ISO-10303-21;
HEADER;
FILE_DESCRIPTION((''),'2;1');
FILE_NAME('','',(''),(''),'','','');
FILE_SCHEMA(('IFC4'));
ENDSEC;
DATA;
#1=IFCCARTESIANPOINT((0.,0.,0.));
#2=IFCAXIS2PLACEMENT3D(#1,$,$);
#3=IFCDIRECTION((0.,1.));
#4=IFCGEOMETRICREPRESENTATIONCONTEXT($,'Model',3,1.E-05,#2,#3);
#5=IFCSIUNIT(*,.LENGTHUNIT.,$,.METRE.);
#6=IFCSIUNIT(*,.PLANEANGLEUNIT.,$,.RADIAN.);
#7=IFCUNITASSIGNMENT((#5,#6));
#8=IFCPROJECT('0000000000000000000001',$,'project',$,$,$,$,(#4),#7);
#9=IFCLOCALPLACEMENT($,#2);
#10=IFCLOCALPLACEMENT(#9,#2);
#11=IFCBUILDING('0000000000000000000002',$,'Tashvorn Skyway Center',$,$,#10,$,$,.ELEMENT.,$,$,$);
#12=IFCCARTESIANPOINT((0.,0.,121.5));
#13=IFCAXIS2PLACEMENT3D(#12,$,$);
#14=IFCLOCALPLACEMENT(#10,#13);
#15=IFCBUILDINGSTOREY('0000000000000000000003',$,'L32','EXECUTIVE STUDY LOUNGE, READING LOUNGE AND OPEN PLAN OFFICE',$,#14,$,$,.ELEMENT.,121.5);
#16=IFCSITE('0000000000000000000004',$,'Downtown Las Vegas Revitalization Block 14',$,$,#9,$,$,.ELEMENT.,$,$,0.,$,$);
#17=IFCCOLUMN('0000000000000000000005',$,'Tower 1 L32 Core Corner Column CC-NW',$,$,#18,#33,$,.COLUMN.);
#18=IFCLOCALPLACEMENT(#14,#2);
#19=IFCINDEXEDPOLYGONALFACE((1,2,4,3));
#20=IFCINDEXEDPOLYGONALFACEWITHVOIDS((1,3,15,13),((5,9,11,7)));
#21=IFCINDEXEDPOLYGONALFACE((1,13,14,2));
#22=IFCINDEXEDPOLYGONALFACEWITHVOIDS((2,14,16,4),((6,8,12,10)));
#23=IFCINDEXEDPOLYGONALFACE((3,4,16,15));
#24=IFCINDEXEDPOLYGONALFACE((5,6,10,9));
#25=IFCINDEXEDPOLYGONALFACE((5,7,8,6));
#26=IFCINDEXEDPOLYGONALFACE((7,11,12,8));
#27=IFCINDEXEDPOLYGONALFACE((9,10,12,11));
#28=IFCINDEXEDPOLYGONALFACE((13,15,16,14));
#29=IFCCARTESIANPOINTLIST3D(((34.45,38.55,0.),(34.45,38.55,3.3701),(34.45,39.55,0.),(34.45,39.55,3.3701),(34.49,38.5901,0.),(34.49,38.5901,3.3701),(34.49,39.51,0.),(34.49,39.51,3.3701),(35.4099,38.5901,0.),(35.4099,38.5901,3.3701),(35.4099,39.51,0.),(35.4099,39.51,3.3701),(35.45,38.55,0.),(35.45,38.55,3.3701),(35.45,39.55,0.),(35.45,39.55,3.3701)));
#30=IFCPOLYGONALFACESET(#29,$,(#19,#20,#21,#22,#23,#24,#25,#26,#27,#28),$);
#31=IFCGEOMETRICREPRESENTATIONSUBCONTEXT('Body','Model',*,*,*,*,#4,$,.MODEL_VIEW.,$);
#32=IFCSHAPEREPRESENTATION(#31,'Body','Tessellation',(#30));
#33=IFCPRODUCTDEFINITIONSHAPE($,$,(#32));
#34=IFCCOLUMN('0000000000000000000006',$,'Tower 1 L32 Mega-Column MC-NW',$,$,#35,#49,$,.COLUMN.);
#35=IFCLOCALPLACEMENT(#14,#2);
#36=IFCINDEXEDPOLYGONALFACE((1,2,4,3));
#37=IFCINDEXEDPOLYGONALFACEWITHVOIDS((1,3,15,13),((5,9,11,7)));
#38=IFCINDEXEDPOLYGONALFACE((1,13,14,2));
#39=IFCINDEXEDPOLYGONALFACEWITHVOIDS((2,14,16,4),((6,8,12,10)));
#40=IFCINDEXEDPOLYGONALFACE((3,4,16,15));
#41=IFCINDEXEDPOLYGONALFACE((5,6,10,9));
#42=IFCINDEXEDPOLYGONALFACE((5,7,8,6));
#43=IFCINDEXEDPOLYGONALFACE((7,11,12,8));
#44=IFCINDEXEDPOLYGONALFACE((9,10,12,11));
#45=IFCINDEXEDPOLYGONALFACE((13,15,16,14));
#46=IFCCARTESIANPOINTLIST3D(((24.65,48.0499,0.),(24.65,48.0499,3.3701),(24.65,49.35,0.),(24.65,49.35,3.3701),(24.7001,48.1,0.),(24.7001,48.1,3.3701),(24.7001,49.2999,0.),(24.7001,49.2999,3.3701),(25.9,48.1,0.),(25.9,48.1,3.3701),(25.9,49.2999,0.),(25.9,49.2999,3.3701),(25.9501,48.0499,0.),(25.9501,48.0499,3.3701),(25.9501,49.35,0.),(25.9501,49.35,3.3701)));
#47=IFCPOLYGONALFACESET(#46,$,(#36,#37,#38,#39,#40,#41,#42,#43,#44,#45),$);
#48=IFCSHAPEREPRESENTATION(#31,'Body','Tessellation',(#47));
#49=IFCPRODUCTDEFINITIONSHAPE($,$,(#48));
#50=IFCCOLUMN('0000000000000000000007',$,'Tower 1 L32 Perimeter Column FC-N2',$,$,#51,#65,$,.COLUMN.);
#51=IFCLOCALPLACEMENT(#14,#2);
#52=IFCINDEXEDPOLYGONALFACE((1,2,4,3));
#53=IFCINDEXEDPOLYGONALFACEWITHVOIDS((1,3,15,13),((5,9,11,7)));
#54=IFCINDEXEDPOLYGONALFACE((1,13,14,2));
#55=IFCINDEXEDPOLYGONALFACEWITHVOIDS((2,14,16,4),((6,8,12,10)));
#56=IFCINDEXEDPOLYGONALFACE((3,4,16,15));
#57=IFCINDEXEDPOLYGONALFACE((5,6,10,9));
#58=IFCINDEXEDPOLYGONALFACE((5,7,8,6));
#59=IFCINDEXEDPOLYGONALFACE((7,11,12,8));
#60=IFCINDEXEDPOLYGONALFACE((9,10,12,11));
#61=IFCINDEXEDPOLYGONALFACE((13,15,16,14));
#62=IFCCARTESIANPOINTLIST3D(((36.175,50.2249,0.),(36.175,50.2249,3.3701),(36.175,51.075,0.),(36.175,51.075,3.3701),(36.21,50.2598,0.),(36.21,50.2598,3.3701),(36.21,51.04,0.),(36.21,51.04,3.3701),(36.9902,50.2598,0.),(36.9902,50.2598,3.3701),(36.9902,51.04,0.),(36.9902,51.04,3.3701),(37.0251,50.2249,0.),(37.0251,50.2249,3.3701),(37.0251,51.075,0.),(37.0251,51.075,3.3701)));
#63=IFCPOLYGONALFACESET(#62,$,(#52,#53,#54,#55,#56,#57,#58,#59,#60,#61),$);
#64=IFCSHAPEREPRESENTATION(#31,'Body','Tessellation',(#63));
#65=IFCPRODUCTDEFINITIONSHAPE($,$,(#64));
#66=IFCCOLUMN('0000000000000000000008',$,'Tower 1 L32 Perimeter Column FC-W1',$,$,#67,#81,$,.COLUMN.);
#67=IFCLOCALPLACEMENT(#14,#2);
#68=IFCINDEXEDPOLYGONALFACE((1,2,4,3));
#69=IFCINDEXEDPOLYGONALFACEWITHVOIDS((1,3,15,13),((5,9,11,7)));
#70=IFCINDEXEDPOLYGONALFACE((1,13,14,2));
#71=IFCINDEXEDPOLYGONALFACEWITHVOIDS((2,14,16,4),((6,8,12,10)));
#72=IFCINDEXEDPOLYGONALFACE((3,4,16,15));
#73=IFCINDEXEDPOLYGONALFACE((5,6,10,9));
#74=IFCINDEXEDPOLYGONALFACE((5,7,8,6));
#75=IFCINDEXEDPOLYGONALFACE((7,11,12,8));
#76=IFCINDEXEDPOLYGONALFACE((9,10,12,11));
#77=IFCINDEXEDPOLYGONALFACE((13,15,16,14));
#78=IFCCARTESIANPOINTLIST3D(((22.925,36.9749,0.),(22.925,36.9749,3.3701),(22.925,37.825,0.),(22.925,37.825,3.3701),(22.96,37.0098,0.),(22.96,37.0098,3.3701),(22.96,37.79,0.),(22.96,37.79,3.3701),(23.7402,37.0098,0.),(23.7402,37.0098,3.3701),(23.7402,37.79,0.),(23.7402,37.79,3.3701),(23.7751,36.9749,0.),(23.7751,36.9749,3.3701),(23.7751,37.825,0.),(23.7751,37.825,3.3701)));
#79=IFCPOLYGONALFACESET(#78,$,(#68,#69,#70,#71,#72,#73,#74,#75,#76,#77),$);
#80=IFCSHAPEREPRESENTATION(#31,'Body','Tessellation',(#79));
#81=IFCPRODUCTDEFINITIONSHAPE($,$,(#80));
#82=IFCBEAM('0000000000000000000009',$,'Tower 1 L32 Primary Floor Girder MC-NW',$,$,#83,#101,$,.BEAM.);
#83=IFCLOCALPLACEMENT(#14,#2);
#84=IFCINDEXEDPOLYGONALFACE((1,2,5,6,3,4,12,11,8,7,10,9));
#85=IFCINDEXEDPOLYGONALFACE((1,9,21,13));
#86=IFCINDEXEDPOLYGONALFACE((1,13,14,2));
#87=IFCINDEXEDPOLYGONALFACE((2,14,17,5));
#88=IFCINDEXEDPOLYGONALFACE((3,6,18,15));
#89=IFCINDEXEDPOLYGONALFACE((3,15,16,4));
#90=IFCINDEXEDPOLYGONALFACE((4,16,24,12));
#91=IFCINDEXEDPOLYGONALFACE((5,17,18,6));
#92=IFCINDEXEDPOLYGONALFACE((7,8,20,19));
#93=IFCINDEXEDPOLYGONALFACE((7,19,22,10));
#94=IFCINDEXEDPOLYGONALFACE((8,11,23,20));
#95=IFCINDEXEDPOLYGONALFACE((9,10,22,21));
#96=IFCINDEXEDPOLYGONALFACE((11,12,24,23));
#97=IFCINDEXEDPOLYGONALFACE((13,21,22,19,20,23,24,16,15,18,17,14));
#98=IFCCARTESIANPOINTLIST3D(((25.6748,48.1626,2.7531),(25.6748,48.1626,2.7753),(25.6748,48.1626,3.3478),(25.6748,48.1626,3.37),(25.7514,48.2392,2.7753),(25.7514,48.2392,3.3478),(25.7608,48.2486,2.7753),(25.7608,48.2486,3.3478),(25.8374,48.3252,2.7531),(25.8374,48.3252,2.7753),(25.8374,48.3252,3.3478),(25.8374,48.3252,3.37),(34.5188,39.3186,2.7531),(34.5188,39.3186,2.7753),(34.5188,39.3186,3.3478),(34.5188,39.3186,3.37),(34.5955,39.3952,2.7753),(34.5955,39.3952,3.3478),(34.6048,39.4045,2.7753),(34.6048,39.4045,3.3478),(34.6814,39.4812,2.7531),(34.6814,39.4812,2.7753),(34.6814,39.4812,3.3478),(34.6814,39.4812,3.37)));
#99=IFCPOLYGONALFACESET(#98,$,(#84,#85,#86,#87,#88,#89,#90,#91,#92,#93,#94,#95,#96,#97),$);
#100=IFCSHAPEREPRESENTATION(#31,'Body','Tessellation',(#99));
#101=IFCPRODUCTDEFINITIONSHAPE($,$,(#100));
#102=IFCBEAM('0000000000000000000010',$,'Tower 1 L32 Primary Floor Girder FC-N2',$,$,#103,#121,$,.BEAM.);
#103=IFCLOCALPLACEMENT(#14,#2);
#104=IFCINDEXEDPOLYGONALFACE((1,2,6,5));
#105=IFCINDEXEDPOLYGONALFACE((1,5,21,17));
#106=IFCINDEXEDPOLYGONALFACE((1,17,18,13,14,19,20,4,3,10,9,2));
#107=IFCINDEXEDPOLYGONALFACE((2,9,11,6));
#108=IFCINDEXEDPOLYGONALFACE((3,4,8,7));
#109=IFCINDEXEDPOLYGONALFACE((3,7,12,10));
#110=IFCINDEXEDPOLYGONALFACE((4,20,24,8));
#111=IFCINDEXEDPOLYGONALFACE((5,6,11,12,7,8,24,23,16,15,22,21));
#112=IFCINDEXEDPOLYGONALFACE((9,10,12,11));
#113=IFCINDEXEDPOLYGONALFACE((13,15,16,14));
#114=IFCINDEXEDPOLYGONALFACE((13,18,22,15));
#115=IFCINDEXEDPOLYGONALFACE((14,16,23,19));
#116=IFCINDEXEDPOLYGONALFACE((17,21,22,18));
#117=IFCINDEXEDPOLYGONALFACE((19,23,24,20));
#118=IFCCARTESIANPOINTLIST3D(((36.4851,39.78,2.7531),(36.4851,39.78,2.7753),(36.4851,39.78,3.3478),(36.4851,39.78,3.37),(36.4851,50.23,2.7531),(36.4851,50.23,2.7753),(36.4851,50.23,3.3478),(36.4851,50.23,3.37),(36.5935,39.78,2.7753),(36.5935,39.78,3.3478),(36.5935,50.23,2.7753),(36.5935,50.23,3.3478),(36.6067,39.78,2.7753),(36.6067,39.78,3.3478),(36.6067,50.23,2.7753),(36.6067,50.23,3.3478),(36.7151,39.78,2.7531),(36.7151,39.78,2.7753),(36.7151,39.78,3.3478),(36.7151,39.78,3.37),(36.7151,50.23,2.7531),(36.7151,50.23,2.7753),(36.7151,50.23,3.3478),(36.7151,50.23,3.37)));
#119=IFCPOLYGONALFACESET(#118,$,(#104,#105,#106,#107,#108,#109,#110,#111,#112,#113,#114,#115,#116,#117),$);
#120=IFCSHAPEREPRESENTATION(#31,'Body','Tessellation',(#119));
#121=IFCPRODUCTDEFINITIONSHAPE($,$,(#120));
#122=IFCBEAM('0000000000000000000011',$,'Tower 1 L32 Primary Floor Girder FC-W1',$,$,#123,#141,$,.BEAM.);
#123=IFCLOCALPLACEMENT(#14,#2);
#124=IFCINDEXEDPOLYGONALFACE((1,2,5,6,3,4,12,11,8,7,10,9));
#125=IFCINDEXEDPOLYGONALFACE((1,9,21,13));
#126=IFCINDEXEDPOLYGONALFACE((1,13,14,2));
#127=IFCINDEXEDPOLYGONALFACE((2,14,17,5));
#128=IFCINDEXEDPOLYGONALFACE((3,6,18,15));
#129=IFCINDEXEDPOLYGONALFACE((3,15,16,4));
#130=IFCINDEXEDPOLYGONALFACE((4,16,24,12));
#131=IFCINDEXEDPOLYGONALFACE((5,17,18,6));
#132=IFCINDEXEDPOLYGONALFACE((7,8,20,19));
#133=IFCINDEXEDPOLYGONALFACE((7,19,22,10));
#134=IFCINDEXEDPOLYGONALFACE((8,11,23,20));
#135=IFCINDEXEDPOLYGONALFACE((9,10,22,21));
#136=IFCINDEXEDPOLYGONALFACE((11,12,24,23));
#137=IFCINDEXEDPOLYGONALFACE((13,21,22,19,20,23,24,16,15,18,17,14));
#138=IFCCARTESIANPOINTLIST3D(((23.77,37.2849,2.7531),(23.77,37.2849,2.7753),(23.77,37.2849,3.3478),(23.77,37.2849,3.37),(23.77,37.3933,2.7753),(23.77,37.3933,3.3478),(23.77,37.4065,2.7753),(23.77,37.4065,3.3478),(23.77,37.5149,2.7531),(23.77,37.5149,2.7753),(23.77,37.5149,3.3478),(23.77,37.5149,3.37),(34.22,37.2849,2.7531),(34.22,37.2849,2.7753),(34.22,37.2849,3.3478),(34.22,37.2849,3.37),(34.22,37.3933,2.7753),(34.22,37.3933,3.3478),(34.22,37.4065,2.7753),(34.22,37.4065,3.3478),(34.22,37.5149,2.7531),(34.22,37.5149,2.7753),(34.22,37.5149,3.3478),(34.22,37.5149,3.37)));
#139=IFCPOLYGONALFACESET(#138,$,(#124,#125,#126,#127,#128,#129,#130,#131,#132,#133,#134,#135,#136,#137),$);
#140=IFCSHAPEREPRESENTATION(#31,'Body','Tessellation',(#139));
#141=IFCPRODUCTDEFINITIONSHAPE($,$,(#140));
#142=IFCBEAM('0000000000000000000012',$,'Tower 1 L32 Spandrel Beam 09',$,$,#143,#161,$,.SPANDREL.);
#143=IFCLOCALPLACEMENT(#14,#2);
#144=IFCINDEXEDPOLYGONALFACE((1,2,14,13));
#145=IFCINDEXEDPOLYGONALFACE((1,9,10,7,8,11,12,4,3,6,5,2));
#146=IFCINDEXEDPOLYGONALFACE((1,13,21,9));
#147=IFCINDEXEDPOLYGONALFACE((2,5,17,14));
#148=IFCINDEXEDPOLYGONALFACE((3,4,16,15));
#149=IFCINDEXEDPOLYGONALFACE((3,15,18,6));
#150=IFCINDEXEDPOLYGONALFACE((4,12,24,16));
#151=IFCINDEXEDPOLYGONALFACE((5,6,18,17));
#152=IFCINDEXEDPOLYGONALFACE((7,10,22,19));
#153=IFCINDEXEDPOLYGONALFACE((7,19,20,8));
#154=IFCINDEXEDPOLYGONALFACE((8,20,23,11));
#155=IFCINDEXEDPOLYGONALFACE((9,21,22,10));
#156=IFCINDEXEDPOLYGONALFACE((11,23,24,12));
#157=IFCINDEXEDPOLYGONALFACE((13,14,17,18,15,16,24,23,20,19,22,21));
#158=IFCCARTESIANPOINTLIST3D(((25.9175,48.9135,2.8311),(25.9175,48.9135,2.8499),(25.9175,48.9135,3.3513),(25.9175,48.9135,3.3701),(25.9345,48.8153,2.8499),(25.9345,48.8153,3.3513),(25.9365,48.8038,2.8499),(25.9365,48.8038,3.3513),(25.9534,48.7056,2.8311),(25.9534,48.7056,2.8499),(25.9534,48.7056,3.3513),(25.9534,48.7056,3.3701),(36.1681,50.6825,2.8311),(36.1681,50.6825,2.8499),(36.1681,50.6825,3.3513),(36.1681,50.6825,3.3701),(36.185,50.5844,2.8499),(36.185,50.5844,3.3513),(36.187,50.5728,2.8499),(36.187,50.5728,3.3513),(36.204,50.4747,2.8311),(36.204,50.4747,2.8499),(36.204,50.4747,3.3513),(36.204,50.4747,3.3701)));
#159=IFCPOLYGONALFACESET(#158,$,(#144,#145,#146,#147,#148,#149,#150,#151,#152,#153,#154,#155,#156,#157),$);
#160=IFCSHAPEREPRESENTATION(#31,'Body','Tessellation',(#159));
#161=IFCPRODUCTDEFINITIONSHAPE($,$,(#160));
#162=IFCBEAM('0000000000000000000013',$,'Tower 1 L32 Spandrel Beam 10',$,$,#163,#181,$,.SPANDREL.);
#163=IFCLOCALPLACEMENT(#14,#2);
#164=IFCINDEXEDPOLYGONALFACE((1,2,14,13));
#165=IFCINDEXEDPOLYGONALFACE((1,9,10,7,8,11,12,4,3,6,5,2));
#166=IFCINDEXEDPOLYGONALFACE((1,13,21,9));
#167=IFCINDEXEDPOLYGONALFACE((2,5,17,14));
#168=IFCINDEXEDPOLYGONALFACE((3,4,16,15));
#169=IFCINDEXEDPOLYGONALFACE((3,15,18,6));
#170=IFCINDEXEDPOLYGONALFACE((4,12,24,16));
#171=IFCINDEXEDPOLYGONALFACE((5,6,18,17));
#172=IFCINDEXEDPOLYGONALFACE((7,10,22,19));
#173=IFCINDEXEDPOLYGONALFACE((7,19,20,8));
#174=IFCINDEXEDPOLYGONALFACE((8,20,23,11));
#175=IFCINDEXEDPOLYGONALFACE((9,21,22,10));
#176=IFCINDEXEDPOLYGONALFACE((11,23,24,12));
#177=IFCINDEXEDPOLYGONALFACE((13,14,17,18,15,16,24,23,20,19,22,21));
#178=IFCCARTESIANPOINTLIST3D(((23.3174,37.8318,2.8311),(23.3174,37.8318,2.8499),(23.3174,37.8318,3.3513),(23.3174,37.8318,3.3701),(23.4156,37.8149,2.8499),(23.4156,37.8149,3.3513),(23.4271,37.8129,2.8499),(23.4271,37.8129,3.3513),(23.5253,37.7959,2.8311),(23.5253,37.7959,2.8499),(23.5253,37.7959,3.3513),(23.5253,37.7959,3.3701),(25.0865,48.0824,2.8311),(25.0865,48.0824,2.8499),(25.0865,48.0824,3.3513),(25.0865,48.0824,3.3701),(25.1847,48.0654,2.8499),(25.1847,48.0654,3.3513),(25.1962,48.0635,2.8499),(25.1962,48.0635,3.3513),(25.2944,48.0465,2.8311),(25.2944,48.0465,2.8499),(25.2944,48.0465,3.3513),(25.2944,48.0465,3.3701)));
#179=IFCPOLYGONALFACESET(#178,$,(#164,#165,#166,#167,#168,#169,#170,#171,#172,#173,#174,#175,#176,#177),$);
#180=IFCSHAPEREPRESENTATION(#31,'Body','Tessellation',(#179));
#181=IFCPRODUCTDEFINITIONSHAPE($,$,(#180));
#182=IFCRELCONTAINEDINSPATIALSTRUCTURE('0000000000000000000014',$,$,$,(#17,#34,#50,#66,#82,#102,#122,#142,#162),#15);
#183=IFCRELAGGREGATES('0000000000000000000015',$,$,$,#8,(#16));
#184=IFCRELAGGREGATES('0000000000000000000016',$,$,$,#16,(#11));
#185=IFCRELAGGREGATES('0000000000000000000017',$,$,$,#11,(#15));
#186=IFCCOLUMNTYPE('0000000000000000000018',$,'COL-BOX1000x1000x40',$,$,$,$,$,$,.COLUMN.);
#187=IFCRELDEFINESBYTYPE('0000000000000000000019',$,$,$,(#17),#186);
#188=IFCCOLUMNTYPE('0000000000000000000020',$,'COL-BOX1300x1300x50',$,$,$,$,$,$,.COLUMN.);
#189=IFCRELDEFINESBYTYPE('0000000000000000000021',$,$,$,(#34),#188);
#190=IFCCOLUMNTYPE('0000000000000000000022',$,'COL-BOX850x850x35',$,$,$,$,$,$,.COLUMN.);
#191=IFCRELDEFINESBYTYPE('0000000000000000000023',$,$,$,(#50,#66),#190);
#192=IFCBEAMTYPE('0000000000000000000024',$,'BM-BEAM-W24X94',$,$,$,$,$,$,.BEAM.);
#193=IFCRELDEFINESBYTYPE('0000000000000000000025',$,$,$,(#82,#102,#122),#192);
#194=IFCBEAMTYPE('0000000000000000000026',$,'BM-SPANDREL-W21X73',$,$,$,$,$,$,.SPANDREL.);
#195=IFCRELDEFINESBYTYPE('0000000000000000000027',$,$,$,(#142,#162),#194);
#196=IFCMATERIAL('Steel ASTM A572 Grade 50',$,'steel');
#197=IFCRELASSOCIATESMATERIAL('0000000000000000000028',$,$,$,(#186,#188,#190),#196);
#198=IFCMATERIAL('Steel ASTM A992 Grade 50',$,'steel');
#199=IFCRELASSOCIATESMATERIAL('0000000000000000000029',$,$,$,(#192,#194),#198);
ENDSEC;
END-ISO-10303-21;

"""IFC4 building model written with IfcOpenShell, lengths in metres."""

from ifc_helpers import new_model, si_unit, direction, frame, origin, origin_2d, place, context, subcontext, project, spatial, hollow_rectangle, i_section, extrude, material, material_profile, profile_set, type_object, element, save


model = new_model("IFC4")

# Units and contexts
model_context = context("Model", 3, precision=1e-05, world=origin(), true_north=direction((0.0, 1.0)))
body_context = subcontext(model_context, "Body", "Model", "MODEL_VIEW")
ifc_project = project(units=[si_unit("LENGTHUNIT", "METRE"), si_unit("PLANEANGLEUNIT", "RADIAN")], contexts=[model_context])

# Site, building, storey
site_placement = place(None, origin())
site = spatial("IfcSite", under=ifc_project, at=site_placement, Name="Downtown Las Vegas Revitalization Block 14", CompositionType="ELEMENT", RefElevation=0.0)
building_placement = place(site_placement, origin())
building = spatial("IfcBuilding", under=site, at=building_placement, Name="Tashvorn Skyway Center", CompositionType="ELEMENT")
storey_placement = place(building_placement, frame((0.0, 0.0, 121.5)))
storey = spatial("IfcBuildingStorey", under=building, at=storey_placement, Name="L32", Description="EXECUTIVE STUDY LOUNGE, READING LOUNGE AND OPEN PLAN OFFICE", CompositionType="ELEMENT", Elevation=121.5)

# Columns
ifc_material_1 = material(Name="Steel ASTM A572 Grade 50", Category="steel")
ifc_material_profile_1 = material_profile(ifc_material_1, hollow_rectangle(XDim=1.0, YDim=1.0, WallThickness=0.04, at=origin_2d()), Name="BOX1000x1000x40")
ifc_profile_set_1 = profile_set([ifc_material_profile_1], Name="Steel ASTM A572 Grade 50")
column_type_1 = type_object("IfcColumnType", Name="COL-BOX1000x1000x40", PredefinedType="COLUMN", material=ifc_profile_set_1)
column_1_placement = place(storey_placement, frame((34.95, 39.05, 0.0), z_axis=(0.0, 0.0, 1.0), x_axis=(1.0, 0.0, 0.0)))
element("IfcColumn", 1, at=column_1_placement, inside=storey, type_object=column_type_1, Name="Tower 1 L32 Core Corner Column CC-NW", PredefinedType="COLUMN", context=body_context, shape_type="SweptSolid", body=[
    extrude(hollow_rectangle(XDim=1.0, YDim=1.0, WallThickness=0.04, at=origin_2d()), origin(), (0.0, 0.0, 1.0), 3.3701),
])
ifc_material_profile_2 = material_profile(ifc_material_1, hollow_rectangle(XDim=1.3, YDim=1.3, WallThickness=0.05, at=origin_2d()), Name="BOX1300x1300x50")
ifc_profile_set_2 = profile_set([ifc_material_profile_2], Name="Steel ASTM A572 Grade 50")
column_type_2 = type_object("IfcColumnType", Name="COL-BOX1300x1300x50", PredefinedType="COLUMN", material=ifc_profile_set_2)
column_2_placement = place(storey_placement, frame((25.3, 48.7, 0.0), z_axis=(0.0, 0.0, 1.0), x_axis=(1.0, 0.0, 0.0)))
element("IfcColumn", 2, at=column_2_placement, inside=storey, type_object=column_type_2, Name="Tower 1 L32 Mega-Column MC-NW", PredefinedType="COLUMN", context=body_context, shape_type="SweptSolid", body=[
    extrude(hollow_rectangle(XDim=1.3, YDim=1.3, WallThickness=0.05, at=origin_2d()), origin(), (0.0, 0.0, 1.0), 3.3701),
])
ifc_material_profile_3 = material_profile(ifc_material_1, hollow_rectangle(XDim=0.8501, YDim=0.8501, WallThickness=0.0349, at=origin_2d()), Name="BOX850x850x35")
ifc_profile_set_3 = profile_set([ifc_material_profile_3], Name="Steel ASTM A572 Grade 50")
column_type_3 = type_object("IfcColumnType", Name="COL-BOX850x850x35", PredefinedType="COLUMN", material=ifc_profile_set_3)
for number, where, z_axis, x_axis, name in (
    (3, (36.6001, 50.6499, 0.0), (0.0, 0.0, 1.0), (1.0, 0.0, 0.0), "Tower 1 L32 Perimeter Column FC-N2"),
    (4, (23.3501, 37.3999, 0.0), (0.0, 0.0, 1.0), (1.0, 0.0, 0.0), "Tower 1 L32 Perimeter Column FC-W1"),
):
    element("IfcColumn", number, at=place(storey_placement, frame(where, z_axis=z_axis, x_axis=x_axis)), inside=storey, type_object=column_type_3, Name=name, PredefinedType="COLUMN", context=body_context, shape_type="SweptSolid", body=[
        extrude(hollow_rectangle(XDim=0.8501, YDim=0.8501, WallThickness=0.0349, at=origin_2d()), origin(), (0.0, 0.0, 1.0), 3.3701),
    ])

# Beams
ifc_material_2 = material(Name="Steel ASTM A992 Grade 50", Category="steel")
ifc_material_profile_4 = material_profile(ifc_material_2, i_section(OverallWidth=0.23, OverallDepth=0.6169, WebThickness=0.0132, FlangeThickness=0.0222, at=origin_2d()), Name="W24X94")
ifc_profile_set_4 = profile_set([ifc_material_profile_4], Name="Steel ASTM A992 Grade 50")
beam_type_1 = type_object("IfcBeamType", Name="BM-BEAM-W24X94", PredefinedType="BEAM", material=ifc_profile_set_4)
beam_1_placement = place(storey_placement, frame((25.7561, 48.2439, 3.0615), z_axis=(0.707107, -0.707107, 0.0), x_axis=(0.707107, 0.707107, 0.0)))
element("IfcBeam", 5, at=beam_1_placement, inside=storey, type_object=beam_type_1, Name="Tower 1 L32 Primary Floor Girder MC-NW", PredefinedType="BEAM", context=body_context, shape_type="SweptSolid", body=[
    extrude(i_section(OverallWidth=0.23, OverallDepth=0.6169, WebThickness=0.0132, FlangeThickness=0.0222, at=origin_2d()), origin(), (0.0, 0.0, 1.0), 12.5073),
])
for number, where, z_axis, x_axis, name in (
    (6, (36.6001, 50.23, 3.0615), (0.0, -1.0, 0.0), (1.0, 0.0, 0.0), "Tower 1 L32 Primary Floor Girder FC-N2"),
    (7, (23.77, 37.3999, 3.0615), (1.0, 0.0, 0.0), (0.0, 1.0, 0.0), "Tower 1 L32 Primary Floor Girder FC-W1"),
):
    element("IfcBeam", number, at=place(storey_placement, frame(where, z_axis=z_axis, x_axis=x_axis)), inside=storey, type_object=beam_type_1, Name=name, PredefinedType="BEAM", context=body_context, shape_type="SweptSolid", body=[
        extrude(i_section(OverallWidth=0.23, OverallDepth=0.6169, WebThickness=0.0132, FlangeThickness=0.0222, at=origin_2d()), origin(), (0.0, 0.0, 1.0), 10.45),
    ])
ifc_material_profile_5 = material_profile(ifc_material_2, i_section(OverallWidth=0.2109, OverallDepth=0.5391, WebThickness=0.0117, FlangeThickness=0.0188, at=origin_2d()), Name="W21X73")
ifc_profile_set_5 = profile_set([ifc_material_profile_5], Name="Steel ASTM A992 Grade 50")
beam_type_2 = type_object("IfcBeamType", Name="BM-SPANDREL-W21X73", PredefinedType="SPANDREL", material=ifc_profile_set_5)
for number, where, z_axis, x_axis, name in (
    (8, (36.186, 50.5786, 3.1006), (-0.985432, -0.170067, 0.0), (0.170067, -0.985432, 0.0), "Tower 1 L32 Spandrel Beam 09"),
    (9, (25.1904, 48.0645, 3.1006), (-0.170067, -0.985432, 0.0), (0.985432, -0.170067, 0.0), "Tower 1 L32 Spandrel Beam 10"),
):
    element("IfcBeam", number, at=place(storey_placement, frame(where, z_axis=z_axis, x_axis=x_axis)), inside=storey, type_object=beam_type_2, Name=name, PredefinedType="SPANDREL", context=body_context, shape_type="SweptSolid", body=[
        extrude(i_section(OverallWidth=0.2109, OverallDepth=0.5391, WebThickness=0.0117, FlangeThickness=0.0188, at=origin_2d()), origin(), (0.0, 0.0, 1.0), 10.4021),
    ])

save(model, "model.ifc")
